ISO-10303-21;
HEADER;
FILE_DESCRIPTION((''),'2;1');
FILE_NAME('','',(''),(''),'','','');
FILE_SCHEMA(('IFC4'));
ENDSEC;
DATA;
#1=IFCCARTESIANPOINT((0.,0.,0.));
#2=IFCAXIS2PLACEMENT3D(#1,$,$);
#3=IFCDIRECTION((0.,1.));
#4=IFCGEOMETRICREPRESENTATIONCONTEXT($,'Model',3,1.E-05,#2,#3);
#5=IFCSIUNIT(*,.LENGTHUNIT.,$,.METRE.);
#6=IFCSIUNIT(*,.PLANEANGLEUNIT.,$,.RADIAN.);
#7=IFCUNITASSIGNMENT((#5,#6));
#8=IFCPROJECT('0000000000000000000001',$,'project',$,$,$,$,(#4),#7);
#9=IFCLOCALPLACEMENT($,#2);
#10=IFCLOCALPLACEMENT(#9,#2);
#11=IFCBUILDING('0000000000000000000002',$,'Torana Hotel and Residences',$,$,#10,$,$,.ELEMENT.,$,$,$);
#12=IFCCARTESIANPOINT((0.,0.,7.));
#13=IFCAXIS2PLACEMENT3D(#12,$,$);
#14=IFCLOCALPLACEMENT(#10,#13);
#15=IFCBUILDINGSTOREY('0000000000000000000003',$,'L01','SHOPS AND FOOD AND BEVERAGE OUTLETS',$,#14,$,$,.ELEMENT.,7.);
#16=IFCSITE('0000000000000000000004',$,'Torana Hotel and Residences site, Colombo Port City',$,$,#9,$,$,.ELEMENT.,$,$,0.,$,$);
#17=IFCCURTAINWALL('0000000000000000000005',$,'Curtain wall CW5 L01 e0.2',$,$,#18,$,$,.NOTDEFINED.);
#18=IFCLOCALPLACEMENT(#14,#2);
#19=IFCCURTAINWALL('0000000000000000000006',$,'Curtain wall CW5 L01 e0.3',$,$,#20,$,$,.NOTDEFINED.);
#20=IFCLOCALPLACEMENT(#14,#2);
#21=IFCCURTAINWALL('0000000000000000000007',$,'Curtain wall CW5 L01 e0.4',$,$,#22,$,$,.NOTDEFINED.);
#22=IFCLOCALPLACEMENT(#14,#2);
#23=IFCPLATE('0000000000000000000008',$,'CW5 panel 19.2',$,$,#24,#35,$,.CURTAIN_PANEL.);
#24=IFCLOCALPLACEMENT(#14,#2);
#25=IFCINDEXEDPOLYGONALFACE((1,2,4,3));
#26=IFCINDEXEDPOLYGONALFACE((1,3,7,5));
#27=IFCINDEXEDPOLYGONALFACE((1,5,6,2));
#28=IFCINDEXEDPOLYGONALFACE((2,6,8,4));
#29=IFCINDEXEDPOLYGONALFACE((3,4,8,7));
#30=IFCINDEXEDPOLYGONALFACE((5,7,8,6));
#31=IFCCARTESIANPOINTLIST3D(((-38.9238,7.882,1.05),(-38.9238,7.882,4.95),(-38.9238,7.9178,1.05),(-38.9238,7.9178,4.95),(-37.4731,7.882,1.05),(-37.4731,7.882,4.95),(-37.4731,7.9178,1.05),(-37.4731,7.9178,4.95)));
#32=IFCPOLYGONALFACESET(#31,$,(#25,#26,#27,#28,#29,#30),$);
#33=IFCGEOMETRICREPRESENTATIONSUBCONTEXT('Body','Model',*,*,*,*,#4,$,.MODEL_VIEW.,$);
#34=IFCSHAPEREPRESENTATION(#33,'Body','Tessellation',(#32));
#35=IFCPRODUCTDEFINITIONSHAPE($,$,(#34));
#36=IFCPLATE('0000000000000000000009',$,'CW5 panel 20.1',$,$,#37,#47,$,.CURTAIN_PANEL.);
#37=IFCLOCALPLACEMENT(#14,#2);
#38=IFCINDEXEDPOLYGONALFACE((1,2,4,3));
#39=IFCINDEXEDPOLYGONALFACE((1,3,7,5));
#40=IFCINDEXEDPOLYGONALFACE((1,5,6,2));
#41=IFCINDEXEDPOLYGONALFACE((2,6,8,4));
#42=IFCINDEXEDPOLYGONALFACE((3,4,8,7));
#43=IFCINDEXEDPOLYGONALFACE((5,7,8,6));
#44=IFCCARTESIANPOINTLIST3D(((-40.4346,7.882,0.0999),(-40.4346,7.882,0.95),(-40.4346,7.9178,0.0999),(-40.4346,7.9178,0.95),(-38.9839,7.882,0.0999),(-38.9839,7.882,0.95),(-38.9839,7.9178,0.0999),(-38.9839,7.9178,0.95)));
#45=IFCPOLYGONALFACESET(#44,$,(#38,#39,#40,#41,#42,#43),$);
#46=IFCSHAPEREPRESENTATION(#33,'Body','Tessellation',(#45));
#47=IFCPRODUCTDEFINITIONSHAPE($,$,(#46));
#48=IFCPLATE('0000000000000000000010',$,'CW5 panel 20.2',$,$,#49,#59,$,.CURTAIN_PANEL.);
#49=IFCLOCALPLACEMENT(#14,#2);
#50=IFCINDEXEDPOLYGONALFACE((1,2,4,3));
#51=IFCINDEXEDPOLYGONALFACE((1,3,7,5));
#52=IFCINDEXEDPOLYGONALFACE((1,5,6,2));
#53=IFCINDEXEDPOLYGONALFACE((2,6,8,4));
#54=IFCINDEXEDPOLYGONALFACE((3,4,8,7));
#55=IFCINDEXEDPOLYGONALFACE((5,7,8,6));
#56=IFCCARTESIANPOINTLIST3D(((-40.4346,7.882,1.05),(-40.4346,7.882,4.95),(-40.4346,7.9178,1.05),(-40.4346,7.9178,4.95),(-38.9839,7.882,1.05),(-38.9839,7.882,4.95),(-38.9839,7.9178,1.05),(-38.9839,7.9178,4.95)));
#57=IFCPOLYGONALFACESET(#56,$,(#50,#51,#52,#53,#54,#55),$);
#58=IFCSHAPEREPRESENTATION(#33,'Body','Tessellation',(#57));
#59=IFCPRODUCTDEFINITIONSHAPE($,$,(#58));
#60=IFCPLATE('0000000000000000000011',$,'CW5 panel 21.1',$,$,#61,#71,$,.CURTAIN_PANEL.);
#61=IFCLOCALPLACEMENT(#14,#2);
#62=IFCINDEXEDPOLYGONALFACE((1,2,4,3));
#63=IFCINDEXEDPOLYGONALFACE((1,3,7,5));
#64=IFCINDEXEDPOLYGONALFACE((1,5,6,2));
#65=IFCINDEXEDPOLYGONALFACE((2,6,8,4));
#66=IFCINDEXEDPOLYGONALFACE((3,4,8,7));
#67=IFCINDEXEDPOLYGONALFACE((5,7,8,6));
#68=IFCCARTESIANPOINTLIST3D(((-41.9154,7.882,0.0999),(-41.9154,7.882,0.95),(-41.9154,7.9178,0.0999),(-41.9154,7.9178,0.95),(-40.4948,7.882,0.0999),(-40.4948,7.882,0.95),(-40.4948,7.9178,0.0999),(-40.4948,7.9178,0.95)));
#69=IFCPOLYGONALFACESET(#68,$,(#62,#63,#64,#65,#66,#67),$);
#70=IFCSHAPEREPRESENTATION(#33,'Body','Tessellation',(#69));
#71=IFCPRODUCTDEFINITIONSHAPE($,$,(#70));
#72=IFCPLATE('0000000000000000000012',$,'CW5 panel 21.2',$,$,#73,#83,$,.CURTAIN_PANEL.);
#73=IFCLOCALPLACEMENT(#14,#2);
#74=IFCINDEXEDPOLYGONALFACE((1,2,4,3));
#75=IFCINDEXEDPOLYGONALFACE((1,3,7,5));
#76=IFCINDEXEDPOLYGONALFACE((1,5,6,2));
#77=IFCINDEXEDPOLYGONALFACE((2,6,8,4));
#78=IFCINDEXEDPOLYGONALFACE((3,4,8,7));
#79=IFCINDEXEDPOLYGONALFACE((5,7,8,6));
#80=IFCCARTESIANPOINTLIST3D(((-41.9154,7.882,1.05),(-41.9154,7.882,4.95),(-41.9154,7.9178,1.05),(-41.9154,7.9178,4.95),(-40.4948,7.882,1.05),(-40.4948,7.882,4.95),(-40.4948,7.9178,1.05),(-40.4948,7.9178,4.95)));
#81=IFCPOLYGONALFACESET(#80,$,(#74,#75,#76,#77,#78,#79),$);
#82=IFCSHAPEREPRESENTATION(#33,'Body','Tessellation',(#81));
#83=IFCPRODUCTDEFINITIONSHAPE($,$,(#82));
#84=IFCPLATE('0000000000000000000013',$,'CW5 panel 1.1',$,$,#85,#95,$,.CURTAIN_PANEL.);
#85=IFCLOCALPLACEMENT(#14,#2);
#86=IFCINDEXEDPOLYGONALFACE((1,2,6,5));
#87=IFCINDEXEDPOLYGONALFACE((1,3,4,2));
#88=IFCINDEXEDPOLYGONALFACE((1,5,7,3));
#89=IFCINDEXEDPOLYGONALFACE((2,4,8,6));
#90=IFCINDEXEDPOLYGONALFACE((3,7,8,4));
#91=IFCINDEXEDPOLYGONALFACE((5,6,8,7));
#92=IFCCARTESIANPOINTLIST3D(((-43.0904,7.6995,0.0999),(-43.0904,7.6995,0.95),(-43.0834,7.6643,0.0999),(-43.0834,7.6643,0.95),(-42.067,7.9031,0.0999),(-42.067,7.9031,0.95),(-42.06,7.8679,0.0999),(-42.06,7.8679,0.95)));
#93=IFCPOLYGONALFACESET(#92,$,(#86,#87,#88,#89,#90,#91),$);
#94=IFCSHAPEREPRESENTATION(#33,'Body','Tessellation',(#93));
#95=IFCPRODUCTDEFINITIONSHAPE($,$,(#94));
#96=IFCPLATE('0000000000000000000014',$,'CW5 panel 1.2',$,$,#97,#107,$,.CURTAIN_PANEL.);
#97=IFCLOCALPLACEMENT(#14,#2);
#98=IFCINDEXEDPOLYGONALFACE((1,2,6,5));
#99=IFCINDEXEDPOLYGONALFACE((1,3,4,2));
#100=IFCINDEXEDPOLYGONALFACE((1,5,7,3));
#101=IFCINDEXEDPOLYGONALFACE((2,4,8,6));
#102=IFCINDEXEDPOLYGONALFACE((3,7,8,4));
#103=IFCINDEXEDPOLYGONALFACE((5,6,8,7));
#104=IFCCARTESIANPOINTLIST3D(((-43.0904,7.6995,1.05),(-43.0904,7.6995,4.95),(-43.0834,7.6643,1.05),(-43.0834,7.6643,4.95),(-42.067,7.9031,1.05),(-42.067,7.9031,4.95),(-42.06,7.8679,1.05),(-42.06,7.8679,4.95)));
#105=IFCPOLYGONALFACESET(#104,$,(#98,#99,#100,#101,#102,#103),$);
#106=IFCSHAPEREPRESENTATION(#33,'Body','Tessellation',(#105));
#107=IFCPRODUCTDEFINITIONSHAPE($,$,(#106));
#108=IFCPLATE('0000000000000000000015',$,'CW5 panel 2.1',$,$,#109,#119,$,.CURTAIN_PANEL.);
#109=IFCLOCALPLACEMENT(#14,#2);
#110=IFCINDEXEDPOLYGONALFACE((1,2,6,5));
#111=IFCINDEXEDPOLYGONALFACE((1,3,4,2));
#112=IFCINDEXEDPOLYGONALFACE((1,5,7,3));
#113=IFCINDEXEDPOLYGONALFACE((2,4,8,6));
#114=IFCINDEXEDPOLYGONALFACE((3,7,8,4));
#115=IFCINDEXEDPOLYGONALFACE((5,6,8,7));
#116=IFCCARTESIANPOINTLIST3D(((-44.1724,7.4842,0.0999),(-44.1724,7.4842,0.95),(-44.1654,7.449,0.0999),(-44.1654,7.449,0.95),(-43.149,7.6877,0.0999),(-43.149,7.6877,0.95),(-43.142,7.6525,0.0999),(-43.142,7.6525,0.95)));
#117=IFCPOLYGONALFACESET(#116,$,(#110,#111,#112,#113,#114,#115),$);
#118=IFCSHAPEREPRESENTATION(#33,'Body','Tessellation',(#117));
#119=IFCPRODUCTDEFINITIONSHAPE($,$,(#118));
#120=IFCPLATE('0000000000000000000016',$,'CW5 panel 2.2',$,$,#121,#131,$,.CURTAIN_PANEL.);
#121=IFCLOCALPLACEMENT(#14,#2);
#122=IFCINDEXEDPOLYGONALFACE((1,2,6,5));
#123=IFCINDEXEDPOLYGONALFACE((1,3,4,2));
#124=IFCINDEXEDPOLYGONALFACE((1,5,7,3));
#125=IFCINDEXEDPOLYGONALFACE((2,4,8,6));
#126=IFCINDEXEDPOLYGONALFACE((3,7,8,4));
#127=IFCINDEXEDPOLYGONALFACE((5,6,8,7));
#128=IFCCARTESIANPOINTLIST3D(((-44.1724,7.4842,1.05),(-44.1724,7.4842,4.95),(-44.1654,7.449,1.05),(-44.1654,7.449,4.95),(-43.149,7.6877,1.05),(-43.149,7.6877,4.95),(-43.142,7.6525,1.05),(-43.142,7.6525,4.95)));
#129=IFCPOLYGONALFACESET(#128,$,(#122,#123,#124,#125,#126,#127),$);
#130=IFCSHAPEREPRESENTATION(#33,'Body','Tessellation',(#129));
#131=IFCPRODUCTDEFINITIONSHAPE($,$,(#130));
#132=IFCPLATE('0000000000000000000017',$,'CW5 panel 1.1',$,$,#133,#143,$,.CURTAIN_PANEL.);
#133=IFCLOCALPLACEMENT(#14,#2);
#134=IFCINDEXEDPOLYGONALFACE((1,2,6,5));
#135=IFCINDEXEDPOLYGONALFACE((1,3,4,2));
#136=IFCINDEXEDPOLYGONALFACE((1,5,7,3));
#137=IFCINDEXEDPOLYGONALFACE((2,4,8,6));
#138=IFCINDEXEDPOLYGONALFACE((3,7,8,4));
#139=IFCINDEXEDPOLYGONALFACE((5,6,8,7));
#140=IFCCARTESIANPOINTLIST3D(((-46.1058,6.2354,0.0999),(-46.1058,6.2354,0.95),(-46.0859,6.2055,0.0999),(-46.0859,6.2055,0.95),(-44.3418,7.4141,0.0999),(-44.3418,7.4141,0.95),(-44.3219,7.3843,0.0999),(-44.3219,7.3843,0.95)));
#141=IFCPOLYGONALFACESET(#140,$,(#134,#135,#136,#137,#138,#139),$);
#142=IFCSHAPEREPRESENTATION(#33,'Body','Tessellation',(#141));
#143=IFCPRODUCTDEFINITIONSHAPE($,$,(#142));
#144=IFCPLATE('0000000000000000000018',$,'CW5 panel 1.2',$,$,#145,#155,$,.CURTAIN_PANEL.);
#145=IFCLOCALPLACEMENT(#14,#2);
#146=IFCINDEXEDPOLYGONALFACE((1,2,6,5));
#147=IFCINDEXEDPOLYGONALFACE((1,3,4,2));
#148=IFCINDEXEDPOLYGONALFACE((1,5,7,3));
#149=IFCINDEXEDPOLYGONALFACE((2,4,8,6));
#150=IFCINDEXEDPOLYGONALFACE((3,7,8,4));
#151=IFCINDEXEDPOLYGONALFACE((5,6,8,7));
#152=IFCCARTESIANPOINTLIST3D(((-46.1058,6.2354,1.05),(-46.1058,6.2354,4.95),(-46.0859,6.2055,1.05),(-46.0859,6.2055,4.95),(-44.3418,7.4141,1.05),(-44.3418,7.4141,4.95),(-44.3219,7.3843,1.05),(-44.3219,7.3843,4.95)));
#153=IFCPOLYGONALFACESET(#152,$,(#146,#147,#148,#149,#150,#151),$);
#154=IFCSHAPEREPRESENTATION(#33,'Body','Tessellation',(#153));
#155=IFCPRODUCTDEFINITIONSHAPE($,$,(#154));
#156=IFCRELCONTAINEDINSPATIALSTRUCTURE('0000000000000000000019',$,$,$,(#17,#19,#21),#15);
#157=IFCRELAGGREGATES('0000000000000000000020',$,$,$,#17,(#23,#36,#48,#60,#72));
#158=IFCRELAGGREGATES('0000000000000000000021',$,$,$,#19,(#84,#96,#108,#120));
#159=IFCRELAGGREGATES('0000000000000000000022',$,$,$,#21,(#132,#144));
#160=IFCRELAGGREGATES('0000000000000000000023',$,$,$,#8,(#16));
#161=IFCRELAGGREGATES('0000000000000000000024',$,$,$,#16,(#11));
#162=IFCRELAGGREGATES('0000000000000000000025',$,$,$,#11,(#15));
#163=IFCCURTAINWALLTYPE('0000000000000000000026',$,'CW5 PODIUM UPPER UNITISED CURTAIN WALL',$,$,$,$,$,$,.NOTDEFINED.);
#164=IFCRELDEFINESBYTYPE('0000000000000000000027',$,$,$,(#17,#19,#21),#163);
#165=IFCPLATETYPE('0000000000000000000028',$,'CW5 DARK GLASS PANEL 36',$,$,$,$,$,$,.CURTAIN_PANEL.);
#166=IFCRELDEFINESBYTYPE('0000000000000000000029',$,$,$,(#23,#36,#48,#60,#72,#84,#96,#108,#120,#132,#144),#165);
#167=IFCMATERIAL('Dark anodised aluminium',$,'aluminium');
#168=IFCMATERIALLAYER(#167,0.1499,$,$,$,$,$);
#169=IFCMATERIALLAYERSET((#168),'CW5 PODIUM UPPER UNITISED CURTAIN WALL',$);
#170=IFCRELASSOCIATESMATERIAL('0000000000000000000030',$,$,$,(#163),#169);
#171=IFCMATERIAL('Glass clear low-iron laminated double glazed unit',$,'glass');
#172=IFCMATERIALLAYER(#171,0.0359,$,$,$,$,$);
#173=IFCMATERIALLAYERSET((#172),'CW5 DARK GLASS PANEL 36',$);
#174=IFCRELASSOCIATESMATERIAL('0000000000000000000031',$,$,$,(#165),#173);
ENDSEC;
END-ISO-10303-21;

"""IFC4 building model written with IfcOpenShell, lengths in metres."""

from ifc_helpers import new_model, si_unit, direction, frame, origin, origin_2d, place, context, subcontext, project, spatial, rectangle, extrude, material, layer, layer_set, type_object, element, aggregate, save


model = new_model("IFC4")

# Units and contexts
model_context = context("Model", 3, precision=1e-05, world=origin(), true_north=direction((0.0, 1.0)))
body_context = subcontext(model_context, "Body", "Model", "MODEL_VIEW")
ifc_project = project(units=[si_unit("LENGTHUNIT", "METRE"), si_unit("PLANEANGLEUNIT", "RADIAN")], contexts=[model_context])

# Site, building, storey
site_placement = place(None, origin())
site = spatial("IfcSite", under=ifc_project, at=site_placement, Name="Torana Hotel and Residences site, Colombo Port City", CompositionType="ELEMENT", RefElevation=0.0)
building_placement = place(site_placement, origin())
building = spatial("IfcBuilding", under=site, at=building_placement, Name="Torana Hotel and Residences", CompositionType="ELEMENT")
storey_placement = place(building_placement, frame((0.0, 0.0, 7.0)))
storey = spatial("IfcBuildingStorey", under=building, at=storey_placement, Name="L01", Description="SHOPS AND FOOD AND BEVERAGE OUTLETS", CompositionType="ELEMENT", Elevation=7.0)

# Curtain walls
ifc_material_1 = material(Name="Dark anodised aluminium", Category="aluminium")
ifc_layer_1 = layer(ifc_material_1, 0.1499)
ifc_layer_set_1 = layer_set([ifc_layer_1], Name="CW5 PODIUM UPPER UNITISED CURTAIN WALL")
curtain_wall_type = type_object("IfcCurtainWallType", Name="CW5 PODIUM UPPER UNITISED CURTAIN WALL", PredefinedType="NOTDEFINED", material=ifc_layer_set_1)
curtain_wall_1_placement = place(storey_placement, origin())
curtain_wall_1 = element("IfcCurtainWall", 1, at=curtain_wall_1_placement, inside=storey, type_object=curtain_wall_type, Name="Curtain wall CW5 L01 e0.2", PredefinedType="NOTDEFINED")
curtain_wall_2_placement = place(storey_placement, origin())
curtain_wall_2 = element("IfcCurtainWall", 2, at=curtain_wall_2_placement, inside=storey, type_object=curtain_wall_type, Name="Curtain wall CW5 L01 e0.3", PredefinedType="NOTDEFINED")
curtain_wall_3_placement = place(storey_placement, origin())
curtain_wall_3 = element("IfcCurtainWall", 3, at=curtain_wall_3_placement, inside=storey, type_object=curtain_wall_type, Name="Curtain wall CW5 L01 e0.4", PredefinedType="NOTDEFINED")

# Plates
ifc_material_2 = material(Name="Glass clear low-iron laminated double glazed unit", Category="glass")
ifc_layer_2 = layer(ifc_material_2, 0.0359)
ifc_layer_set_2 = layer_set([ifc_layer_2], Name="CW5 DARK GLASS PANEL 36")
plate_type = type_object("IfcPlateType", Name="CW5 DARK GLASS PANEL 36", PredefinedType="CURTAIN_PANEL", material=ifc_layer_set_2)
plate_1_placement = place(storey_placement, frame((-38.1985, 7.8999, 1.05), z_axis=(0.0, 0.0, 1.0), x_axis=(-1.0, 0.0, 0.0)))
plate_1 = element("IfcPlate", 4, at=plate_1_placement, type_object=plate_type, Name="CW5 panel 19.2", PredefinedType="CURTAIN_PANEL", context=body_context, shape_type="SweptSolid", body=[
    extrude(rectangle(XDim=1.4507, YDim=0.0359, at=origin_2d()), origin(), (0.0, 0.0, 1.0), 3.8999),
])
plate_2_placement = place(storey_placement, frame((-39.7092, 7.8999, 0.0999), z_axis=(0.0, 0.0, 1.0), x_axis=(-1.0, 0.0, 0.0)))
plate_2 = element("IfcPlate", 5, at=plate_2_placement, type_object=plate_type, Name="CW5 panel 20.1", PredefinedType="CURTAIN_PANEL", context=body_context, shape_type="SweptSolid", body=[
    extrude(rectangle(XDim=1.4507, YDim=0.0359, at=origin_2d()), origin(), (0.0, 0.0, 1.0), 0.8501),
])
plate_3_placement = place(storey_placement, frame((-39.7092, 7.8999, 1.05), z_axis=(0.0, 0.0, 1.0), x_axis=(-1.0, 0.0, 0.0)))
plate_3 = element("IfcPlate", 6, at=plate_3_placement, type_object=plate_type, Name="CW5 panel 20.2", PredefinedType="CURTAIN_PANEL", context=body_context, shape_type="SweptSolid", body=[
    extrude(rectangle(XDim=1.4507, YDim=0.0359, at=origin_2d()), origin(), (0.0, 0.0, 1.0), 3.8999),
])
plate_4_placement = place(storey_placement, frame((-41.2051, 7.8999, 0.0999), z_axis=(0.0, 0.0, 1.0), x_axis=(-1.0, 0.0, 0.0)))
plate_4 = element("IfcPlate", 7, at=plate_4_placement, type_object=plate_type, Name="CW5 panel 21.1", PredefinedType="CURTAIN_PANEL", context=body_context, shape_type="SweptSolid", body=[
    extrude(rectangle(XDim=1.4207, YDim=0.0359, at=origin_2d()), origin(), (0.0, 0.0, 1.0), 0.8501),
])
plate_5_placement = place(storey_placement, frame((-41.2051, 7.8999, 1.05), z_axis=(0.0, 0.0, 1.0), x_axis=(-1.0, 0.0, 0.0)))
plate_5 = element("IfcPlate", 8, at=plate_5_placement, type_object=plate_type, Name="CW5 panel 21.2", PredefinedType="CURTAIN_PANEL", context=body_context, shape_type="SweptSolid", body=[
    extrude(rectangle(XDim=1.4207, YDim=0.0359, at=origin_2d()), origin(), (0.0, 0.0, 1.0), 3.8999),
])
aggregate(curtain_wall_1, [plate_1, plate_2, plate_3, plate_4, plate_5])
plate_6_placement = place(storey_placement, frame((-42.5752, 7.7837, 0.0999), z_axis=(0.0, 0.0, 1.0), x_axis=(-0.980787, -0.195081, 0.0)))
plate_6 = element("IfcPlate", 9, at=plate_6_placement, type_object=plate_type, Name="CW5 panel 1.1", PredefinedType="CURTAIN_PANEL", context=body_context, shape_type="SweptSolid", body=[
    extrude(rectangle(XDim=1.0435, YDim=0.0359, at=origin_2d()), origin(), (0.0, 0.0, 1.0), 0.8501),
])
plate_7_placement = place(storey_placement, frame((-42.5752, 7.7837, 1.05), z_axis=(0.0, 0.0, 1.0), x_axis=(-0.980787, -0.195081, 0.0)))
plate_7 = element("IfcPlate", 10, at=plate_7_placement, type_object=plate_type, Name="CW5 panel 1.2", PredefinedType="CURTAIN_PANEL", context=body_context, shape_type="SweptSolid", body=[
    extrude(rectangle(XDim=1.0435, YDim=0.0359, at=origin_2d()), origin(), (0.0, 0.0, 1.0), 3.8999),
])
plate_8_placement = place(storey_placement, frame((-43.6572, 7.5684, 0.0999), z_axis=(0.0, 0.0, 1.0), x_axis=(-0.980787, -0.195081, 0.0)))
plate_8 = element("IfcPlate", 11, at=plate_8_placement, type_object=plate_type, Name="CW5 panel 2.1", PredefinedType="CURTAIN_PANEL", context=body_context, shape_type="SweptSolid", body=[
    extrude(rectangle(XDim=1.0435, YDim=0.0359, at=origin_2d()), origin(), (0.0, 0.0, 1.0), 0.8501),
])
plate_9_placement = place(storey_placement, frame((-43.6572, 7.5684, 1.05), z_axis=(0.0, 0.0, 1.0), x_axis=(-0.980787, -0.195081, 0.0)))
plate_9 = element("IfcPlate", 12, at=plate_9_placement, type_object=plate_type, Name="CW5 panel 2.2", PredefinedType="CURTAIN_PANEL", context=body_context, shape_type="SweptSolid", body=[
    extrude(rectangle(XDim=1.0435, YDim=0.0359, at=origin_2d()), origin(), (0.0, 0.0, 1.0), 3.8999),
])
aggregate(curtain_wall_2, [plate_6, plate_7, plate_8, plate_9])
plate_10_placement = place(storey_placement, frame((-45.2139, 6.8098, 0.0999), z_axis=(0.0, 0.0, 1.0), x_axis=(-0.83146, -0.555585, 0.0)))
plate_10 = element("IfcPlate", 13, at=plate_10_placement, type_object=plate_type, Name="CW5 panel 1.1", PredefinedType="CURTAIN_PANEL", context=body_context, shape_type="SweptSolid", body=[
    extrude(rectangle(XDim=2.1216, YDim=0.0359, at=origin_2d()), origin(), (0.0, 0.0, 1.0), 0.8501),
])
plate_11_placement = place(storey_placement, frame((-45.2139, 6.8098, 1.05), z_axis=(0.0, 0.0, 1.0), x_axis=(-0.83146, -0.555585, 0.0)))
plate_11 = element("IfcPlate", 14, at=plate_11_placement, type_object=plate_type, Name="CW5 panel 1.2", PredefinedType="CURTAIN_PANEL", context=body_context, shape_type="SweptSolid", body=[
    extrude(rectangle(XDim=2.1216, YDim=0.0359, at=origin_2d()), origin(), (0.0, 0.0, 1.0), 3.8999),
])
aggregate(curtain_wall_3, [plate_10, plate_11])

save(model, "model.ifc")
